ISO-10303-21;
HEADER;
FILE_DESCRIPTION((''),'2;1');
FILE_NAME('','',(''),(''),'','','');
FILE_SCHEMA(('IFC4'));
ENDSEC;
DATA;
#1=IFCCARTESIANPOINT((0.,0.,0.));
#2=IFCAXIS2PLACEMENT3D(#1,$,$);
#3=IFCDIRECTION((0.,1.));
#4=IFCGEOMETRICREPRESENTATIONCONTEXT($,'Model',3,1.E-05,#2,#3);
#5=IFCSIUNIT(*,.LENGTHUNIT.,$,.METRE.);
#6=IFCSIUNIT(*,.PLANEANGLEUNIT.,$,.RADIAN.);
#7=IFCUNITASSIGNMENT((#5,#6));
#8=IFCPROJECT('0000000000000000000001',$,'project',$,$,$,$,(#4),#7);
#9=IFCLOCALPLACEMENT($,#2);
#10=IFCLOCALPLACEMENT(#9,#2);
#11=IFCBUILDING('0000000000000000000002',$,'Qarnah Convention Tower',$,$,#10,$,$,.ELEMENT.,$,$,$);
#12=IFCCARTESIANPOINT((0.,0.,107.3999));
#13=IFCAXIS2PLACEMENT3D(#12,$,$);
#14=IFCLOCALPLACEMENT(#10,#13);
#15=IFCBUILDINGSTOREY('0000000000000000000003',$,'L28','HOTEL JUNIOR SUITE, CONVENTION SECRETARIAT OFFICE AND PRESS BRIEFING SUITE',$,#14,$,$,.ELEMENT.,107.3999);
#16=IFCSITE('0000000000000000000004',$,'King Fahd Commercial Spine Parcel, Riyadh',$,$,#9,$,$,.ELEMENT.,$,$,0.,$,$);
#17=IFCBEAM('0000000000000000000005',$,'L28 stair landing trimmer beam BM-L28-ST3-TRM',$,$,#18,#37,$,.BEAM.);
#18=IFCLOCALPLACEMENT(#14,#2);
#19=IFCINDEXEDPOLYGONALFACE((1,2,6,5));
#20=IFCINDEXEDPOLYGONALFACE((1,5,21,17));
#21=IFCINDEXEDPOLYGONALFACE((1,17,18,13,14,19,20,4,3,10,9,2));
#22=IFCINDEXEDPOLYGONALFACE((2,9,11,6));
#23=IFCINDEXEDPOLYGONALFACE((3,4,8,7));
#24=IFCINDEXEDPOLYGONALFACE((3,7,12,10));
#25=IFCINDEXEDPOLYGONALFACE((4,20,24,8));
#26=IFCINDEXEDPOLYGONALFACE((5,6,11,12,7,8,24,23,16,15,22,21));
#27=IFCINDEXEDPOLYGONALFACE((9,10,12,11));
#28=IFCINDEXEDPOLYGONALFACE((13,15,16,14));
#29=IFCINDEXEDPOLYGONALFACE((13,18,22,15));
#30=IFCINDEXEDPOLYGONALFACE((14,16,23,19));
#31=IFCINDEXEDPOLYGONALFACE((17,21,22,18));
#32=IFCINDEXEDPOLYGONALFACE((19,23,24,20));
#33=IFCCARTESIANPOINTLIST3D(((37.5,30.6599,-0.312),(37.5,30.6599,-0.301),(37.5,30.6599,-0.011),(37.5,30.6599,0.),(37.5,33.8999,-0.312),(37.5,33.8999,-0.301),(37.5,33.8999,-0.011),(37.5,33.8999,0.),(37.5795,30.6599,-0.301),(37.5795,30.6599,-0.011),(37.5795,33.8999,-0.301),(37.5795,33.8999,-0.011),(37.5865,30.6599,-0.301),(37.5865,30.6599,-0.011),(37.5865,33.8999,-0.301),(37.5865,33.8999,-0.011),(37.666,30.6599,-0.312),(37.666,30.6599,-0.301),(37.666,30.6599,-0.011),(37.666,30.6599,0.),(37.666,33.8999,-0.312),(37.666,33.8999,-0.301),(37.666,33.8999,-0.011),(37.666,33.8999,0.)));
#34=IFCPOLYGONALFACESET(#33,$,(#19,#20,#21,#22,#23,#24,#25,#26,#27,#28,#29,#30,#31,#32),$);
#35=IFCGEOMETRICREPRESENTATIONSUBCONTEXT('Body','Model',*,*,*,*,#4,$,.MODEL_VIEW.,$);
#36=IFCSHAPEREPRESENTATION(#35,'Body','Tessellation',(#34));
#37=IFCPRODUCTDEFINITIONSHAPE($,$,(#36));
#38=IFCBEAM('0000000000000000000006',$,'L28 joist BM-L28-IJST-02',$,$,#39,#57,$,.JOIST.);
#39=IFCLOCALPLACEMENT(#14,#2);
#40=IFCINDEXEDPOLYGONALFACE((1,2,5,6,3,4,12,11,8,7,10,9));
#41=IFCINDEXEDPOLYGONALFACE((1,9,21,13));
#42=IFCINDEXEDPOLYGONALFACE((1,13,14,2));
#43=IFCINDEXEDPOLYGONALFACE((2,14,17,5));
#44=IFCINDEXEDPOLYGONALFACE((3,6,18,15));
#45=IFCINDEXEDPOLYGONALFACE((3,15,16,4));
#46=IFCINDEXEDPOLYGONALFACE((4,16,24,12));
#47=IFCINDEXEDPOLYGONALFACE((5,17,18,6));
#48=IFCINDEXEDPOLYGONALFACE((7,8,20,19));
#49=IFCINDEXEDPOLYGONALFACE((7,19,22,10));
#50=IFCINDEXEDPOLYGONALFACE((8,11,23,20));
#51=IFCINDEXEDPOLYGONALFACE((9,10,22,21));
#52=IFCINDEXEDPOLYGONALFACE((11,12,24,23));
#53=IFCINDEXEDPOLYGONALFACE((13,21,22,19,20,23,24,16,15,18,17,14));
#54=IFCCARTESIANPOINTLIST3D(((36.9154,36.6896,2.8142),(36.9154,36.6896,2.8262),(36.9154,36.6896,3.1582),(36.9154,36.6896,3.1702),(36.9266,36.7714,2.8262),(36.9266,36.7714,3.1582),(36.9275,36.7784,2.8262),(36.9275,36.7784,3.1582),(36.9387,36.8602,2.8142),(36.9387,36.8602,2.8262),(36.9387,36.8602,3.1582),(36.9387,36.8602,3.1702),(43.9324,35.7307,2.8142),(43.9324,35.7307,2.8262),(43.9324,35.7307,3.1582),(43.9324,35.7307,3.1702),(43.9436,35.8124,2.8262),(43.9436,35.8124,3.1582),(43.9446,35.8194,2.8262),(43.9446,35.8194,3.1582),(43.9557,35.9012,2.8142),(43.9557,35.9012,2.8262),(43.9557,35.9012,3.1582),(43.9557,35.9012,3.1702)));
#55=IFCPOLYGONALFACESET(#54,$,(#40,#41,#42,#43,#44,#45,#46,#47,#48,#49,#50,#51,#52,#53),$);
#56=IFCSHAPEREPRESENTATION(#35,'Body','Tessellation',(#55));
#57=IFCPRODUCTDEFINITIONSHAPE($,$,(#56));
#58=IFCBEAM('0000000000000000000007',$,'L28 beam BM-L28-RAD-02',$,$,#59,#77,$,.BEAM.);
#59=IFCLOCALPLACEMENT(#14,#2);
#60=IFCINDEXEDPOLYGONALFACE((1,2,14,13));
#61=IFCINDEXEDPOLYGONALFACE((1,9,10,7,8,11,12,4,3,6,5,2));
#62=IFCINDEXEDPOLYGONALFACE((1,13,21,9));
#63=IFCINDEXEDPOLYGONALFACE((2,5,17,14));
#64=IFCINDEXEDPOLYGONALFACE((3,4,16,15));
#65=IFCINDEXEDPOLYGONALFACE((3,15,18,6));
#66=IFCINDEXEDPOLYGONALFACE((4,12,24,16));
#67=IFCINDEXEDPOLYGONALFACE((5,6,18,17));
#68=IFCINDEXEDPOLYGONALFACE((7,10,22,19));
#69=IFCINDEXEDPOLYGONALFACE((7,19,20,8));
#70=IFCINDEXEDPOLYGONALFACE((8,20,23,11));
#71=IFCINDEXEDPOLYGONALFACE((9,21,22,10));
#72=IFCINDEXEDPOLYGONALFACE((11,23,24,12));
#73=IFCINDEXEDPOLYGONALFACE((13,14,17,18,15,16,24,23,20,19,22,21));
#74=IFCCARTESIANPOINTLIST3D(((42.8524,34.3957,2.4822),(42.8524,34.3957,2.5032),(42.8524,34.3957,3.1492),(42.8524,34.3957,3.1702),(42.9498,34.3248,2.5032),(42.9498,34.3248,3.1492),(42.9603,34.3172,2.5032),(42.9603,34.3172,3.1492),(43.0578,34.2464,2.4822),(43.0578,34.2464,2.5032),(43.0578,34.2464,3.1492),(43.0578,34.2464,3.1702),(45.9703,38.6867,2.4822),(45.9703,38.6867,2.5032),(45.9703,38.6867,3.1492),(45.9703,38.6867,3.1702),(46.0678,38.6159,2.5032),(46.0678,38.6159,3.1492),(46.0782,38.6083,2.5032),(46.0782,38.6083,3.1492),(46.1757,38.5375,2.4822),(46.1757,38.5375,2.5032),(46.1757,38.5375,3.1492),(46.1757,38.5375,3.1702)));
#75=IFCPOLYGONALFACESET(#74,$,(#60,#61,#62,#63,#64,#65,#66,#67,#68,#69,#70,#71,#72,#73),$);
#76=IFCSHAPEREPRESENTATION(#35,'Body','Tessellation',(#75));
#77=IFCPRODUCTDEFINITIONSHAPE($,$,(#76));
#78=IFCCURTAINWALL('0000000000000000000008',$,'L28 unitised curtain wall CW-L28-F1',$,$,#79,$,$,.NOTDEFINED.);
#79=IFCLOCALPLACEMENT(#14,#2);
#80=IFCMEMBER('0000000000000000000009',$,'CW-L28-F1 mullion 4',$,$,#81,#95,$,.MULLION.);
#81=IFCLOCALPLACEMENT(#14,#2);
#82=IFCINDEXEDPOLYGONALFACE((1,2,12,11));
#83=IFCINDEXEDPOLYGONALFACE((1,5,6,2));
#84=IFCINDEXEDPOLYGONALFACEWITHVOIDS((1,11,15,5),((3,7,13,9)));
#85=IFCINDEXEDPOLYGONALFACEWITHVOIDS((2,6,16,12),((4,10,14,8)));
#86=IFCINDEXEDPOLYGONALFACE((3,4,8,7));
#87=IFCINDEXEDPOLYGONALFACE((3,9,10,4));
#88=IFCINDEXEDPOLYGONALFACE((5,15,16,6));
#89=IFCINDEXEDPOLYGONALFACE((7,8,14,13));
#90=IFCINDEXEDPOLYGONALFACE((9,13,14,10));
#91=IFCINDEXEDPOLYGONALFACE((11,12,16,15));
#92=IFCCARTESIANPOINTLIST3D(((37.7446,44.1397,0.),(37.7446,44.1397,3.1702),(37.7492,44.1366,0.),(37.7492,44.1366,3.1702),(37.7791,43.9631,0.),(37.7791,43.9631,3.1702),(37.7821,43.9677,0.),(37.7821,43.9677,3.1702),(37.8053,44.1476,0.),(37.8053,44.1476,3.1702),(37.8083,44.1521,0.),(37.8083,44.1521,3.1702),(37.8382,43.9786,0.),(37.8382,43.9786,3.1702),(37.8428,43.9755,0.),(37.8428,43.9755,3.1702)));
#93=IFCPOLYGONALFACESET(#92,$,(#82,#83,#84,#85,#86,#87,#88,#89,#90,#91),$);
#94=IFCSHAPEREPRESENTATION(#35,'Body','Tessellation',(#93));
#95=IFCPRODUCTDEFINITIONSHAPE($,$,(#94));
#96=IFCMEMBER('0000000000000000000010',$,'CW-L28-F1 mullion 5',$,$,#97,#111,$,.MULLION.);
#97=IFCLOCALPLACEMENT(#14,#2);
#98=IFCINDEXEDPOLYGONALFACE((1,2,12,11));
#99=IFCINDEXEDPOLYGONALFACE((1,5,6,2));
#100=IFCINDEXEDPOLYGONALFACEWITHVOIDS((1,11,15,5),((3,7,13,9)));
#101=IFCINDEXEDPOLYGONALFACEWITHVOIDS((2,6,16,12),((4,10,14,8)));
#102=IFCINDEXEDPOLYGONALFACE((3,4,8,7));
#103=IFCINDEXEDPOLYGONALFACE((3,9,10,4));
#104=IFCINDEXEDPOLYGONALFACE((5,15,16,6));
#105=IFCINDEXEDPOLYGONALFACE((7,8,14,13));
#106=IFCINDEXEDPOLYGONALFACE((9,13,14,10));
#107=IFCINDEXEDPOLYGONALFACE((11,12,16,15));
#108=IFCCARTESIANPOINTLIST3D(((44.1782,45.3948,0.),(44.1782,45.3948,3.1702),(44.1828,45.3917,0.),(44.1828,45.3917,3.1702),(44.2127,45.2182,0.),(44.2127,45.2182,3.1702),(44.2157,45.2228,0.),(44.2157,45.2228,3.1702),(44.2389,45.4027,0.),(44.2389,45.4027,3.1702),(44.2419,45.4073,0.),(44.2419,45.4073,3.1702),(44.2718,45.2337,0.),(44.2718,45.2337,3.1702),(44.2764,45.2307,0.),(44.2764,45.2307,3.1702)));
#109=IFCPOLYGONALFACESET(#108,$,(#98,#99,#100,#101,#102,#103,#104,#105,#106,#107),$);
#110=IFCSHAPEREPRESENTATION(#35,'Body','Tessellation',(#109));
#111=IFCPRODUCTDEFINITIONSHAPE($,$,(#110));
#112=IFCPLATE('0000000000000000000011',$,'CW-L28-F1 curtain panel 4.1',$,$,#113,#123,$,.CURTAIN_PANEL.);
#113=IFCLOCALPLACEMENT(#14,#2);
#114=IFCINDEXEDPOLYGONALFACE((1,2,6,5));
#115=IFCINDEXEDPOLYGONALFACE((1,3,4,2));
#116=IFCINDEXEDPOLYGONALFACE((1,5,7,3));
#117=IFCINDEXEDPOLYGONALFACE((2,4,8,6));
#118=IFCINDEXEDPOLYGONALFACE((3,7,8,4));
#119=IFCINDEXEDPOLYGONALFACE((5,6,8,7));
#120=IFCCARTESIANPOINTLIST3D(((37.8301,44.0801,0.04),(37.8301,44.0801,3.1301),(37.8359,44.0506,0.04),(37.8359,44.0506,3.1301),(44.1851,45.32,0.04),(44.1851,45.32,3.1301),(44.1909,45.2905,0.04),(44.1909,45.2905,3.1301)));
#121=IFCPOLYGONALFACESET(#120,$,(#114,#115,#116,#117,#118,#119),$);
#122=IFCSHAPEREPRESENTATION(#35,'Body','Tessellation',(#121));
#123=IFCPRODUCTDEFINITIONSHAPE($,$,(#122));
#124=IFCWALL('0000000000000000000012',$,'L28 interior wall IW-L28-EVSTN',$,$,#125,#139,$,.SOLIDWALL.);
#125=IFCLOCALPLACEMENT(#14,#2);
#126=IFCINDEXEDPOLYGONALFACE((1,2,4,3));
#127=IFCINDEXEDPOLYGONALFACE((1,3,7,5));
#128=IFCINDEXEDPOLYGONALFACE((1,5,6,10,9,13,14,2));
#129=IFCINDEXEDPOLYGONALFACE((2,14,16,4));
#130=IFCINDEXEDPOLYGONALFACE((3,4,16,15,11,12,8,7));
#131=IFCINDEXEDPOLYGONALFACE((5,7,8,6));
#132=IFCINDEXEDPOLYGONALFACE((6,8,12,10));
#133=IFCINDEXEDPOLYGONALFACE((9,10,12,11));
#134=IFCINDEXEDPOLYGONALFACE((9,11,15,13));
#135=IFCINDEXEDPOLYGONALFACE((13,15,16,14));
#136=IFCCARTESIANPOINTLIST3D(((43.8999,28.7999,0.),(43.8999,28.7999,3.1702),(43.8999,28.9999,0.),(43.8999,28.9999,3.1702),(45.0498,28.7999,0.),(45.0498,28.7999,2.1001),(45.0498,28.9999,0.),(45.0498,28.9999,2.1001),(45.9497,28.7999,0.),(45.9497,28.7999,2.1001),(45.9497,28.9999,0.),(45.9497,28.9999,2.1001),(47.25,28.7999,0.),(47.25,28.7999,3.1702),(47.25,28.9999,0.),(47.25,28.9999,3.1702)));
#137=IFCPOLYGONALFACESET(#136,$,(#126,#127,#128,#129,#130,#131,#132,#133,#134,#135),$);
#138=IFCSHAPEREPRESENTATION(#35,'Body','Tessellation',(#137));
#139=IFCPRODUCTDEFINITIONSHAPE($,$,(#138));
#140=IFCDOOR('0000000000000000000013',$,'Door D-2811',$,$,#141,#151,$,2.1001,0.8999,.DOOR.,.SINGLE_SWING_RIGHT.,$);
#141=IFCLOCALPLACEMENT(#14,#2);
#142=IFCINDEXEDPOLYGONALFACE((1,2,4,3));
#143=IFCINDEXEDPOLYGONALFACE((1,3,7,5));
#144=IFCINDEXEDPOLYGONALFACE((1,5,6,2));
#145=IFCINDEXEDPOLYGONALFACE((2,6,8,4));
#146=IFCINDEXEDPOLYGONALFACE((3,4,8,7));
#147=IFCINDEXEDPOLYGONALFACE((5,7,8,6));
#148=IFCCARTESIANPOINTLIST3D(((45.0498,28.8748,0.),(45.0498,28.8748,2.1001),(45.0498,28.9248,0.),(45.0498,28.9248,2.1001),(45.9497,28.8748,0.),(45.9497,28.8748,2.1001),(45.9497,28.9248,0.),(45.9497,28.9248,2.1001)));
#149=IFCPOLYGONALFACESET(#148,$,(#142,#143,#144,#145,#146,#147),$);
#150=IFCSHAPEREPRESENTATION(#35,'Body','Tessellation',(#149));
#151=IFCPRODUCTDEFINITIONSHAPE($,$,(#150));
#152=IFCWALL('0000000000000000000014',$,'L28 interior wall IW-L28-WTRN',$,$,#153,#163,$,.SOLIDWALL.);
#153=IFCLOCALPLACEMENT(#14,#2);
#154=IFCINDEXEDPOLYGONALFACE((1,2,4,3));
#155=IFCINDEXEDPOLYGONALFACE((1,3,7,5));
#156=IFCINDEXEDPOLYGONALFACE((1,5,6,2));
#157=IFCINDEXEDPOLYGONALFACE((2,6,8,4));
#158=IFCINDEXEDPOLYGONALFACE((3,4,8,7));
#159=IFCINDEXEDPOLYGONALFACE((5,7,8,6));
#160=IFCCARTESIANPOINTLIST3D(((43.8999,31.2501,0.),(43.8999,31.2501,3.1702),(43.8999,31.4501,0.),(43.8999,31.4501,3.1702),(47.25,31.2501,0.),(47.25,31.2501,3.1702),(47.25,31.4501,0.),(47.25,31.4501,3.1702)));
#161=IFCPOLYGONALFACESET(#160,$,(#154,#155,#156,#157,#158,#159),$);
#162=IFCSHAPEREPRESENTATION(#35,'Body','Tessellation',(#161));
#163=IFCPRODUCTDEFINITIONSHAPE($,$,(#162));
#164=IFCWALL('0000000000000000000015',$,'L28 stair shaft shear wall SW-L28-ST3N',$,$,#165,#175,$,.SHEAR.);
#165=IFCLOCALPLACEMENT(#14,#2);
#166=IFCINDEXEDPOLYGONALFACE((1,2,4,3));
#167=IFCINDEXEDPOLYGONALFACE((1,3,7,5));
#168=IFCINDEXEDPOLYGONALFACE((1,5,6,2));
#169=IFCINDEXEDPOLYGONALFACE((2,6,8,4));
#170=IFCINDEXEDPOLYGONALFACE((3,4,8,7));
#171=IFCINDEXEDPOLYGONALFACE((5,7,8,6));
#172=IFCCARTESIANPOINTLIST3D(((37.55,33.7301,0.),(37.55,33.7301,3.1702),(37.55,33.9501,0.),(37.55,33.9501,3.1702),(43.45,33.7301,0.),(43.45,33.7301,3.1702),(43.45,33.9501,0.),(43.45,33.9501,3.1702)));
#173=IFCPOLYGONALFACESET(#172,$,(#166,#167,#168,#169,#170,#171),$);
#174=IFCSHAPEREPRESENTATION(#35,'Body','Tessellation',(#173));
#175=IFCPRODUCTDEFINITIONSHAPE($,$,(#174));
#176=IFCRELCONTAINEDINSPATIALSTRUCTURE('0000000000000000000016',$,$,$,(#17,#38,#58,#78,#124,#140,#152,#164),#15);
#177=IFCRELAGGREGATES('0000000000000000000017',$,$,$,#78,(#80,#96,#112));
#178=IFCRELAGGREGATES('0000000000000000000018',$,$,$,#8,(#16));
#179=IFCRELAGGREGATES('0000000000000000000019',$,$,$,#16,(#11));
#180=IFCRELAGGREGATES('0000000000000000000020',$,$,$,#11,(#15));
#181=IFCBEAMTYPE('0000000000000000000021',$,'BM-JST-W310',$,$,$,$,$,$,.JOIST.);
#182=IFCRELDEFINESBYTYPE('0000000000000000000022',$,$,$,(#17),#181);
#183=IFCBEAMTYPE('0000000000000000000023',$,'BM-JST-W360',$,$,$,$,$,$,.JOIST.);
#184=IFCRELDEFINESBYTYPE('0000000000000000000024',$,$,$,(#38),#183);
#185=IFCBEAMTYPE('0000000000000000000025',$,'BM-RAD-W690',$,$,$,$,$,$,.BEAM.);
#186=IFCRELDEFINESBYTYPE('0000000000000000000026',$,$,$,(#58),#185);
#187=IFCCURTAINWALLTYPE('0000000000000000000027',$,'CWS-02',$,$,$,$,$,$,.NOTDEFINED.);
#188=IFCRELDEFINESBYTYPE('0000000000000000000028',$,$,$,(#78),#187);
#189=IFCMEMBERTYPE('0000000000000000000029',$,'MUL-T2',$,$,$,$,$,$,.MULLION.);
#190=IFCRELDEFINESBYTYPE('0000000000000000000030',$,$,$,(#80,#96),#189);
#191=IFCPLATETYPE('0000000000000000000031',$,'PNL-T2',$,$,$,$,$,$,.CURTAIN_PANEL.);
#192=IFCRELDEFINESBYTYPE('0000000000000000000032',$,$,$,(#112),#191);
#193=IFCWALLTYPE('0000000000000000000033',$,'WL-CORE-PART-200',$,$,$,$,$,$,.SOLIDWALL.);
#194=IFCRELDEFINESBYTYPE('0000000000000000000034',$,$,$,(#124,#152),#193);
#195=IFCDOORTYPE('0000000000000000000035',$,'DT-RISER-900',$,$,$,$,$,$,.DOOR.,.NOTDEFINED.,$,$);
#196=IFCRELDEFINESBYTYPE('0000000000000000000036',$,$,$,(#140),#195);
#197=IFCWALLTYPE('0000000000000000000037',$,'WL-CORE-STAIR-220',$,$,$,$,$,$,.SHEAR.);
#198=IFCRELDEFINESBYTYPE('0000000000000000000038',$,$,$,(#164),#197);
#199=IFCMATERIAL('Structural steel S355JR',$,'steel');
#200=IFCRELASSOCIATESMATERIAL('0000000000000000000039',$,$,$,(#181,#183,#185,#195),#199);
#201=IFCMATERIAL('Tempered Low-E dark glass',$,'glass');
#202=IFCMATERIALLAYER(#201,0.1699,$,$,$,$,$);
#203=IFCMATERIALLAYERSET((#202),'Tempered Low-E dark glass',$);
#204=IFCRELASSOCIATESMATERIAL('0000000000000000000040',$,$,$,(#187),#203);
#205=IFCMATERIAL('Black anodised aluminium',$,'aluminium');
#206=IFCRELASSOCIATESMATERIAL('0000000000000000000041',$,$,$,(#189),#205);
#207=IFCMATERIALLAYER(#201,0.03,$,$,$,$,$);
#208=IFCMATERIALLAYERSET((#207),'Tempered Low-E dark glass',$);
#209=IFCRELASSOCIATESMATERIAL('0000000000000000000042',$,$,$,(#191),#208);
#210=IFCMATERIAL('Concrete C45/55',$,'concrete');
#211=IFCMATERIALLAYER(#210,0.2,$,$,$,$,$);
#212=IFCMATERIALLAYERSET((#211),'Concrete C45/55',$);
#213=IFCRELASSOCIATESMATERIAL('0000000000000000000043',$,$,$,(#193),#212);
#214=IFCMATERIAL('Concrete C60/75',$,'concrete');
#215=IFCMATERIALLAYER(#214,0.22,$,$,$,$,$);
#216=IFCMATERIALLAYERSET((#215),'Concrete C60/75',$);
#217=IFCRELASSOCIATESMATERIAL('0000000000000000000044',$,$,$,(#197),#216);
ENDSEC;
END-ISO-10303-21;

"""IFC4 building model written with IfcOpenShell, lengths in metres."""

from ifc_helpers import new_model, si_unit, direction, frame, frame_2d, origin, origin_2d, place, context, subcontext, project, spatial, rectangle, hollow_rectangle, i_section, extrude, material, layer, layer_set, material_profile, profile_set, type_object, element, fill, aggregate, save


model = new_model("IFC4")

# Units and contexts
model_context = context("Model", 3, precision=1e-05, world=origin(), true_north=direction((0.0, 1.0)))
body_context = subcontext(model_context, "Body", "Model", "MODEL_VIEW")
ifc_project = project(units=[si_unit("LENGTHUNIT", "METRE"), si_unit("PLANEANGLEUNIT", "RADIAN")], contexts=[model_context])

# Site, building, storey
site_placement = place(None, origin())
site = spatial("IfcSite", under=ifc_project, at=site_placement, Name="King Fahd Commercial Spine Parcel, Riyadh", CompositionType="ELEMENT", RefElevation=0.0)
building_placement = place(site_placement, origin())
building = spatial("IfcBuilding", under=site, at=building_placement, Name="Qarnah Convention Tower", CompositionType="ELEMENT")
storey_placement = place(building_placement, frame((0.0, 0.0, 107.3999)))
storey = spatial("IfcBuildingStorey", under=building, at=storey_placement, Name="L28", Description="HOTEL JUNIOR SUITE, CONVENTION SECRETARIAT OFFICE AND PRESS BRIEFING SUITE", CompositionType="ELEMENT", Elevation=107.3999)

# Beams
ifc_material_1 = material(Name="Structural steel S355JR", Category="steel")
ifc_material_profile_1 = material_profile(ifc_material_1, i_section(OverallWidth=0.166, OverallDepth=0.312, WebThickness=0.0071, FlangeThickness=0.011, at=origin_2d()), Name="W310X45")
ifc_profile_set_1 = profile_set([ifc_material_profile_1], Name="Structural steel S355JR")
beam_type_1 = type_object("IfcBeamType", Name="BM-JST-W310", PredefinedType="JOIST", material=ifc_profile_set_1)
beam_1_placement = place(storey_placement, frame((37.583, 30.6599, -0.156), z_axis=(0.0, 1.0, 0.0), x_axis=(-1.0, 0.0, 0.0)))
element("IfcBeam", 1, at=beam_1_placement, inside=storey, type_object=beam_type_1, Name="L28 stair landing trimmer beam BM-L28-ST3-TRM", PredefinedType="BEAM", context=body_context, shape_type="SweptSolid", body=[
    extrude(i_section(OverallWidth=0.166, OverallDepth=0.312, WebThickness=0.0071, FlangeThickness=0.011, at=origin_2d()), origin(), (0.0, 0.0, 1.0), 3.24),
])
ifc_material_profile_2 = material_profile(ifc_material_1, i_section(OverallWidth=0.1721, OverallDepth=0.356, WebThickness=0.0071, FlangeThickness=0.012, at=origin_2d()), Name="W360X51")
ifc_profile_set_2 = profile_set([ifc_material_profile_2], Name="Structural steel S355JR")
beam_type_2 = type_object("IfcBeamType", Name="BM-JST-W360", PredefinedType="JOIST", material=ifc_profile_set_2)
beam_2_placement = place(storey_placement, frame((43.9441, 35.8159, 2.9922), z_axis=(-0.99079, 0.135405, 0.0), x_axis=(-0.135405, -0.99079, 0.0)))
element("IfcBeam", 2, at=beam_2_placement, inside=storey, type_object=beam_type_2, Name="L28 joist BM-L28-IJST-02", PredefinedType="JOIST", context=body_context, shape_type="SweptSolid", body=[
    extrude(i_section(OverallWidth=0.1721, OverallDepth=0.356, WebThickness=0.0071, FlangeThickness=0.012, at=origin_2d()), origin(), (0.0, 0.0, 1.0), 7.0823),
])
ifc_material_profile_3 = material_profile(ifc_material_1, i_section(OverallWidth=0.2539, OverallDepth=0.688, WebThickness=0.0129, FlangeThickness=0.021, at=origin_2d()), Name="W690X152")
ifc_profile_set_3 = profile_set([ifc_material_profile_3], Name="Structural steel S355JR")
beam_type_3 = type_object("IfcBeamType", Name="BM-RAD-W690", PredefinedType="BEAM", material=ifc_profile_set_3)
beam_3_placement = place(storey_placement, frame((42.9551, 34.321, 2.8262), z_axis=(0.587824, 0.808989, 0.0), x_axis=(-0.808989, 0.587824, 0.0)))
element("IfcBeam", 3, at=beam_3_placement, inside=storey, type_object=beam_type_3, Name="L28 beam BM-L28-RAD-02", PredefinedType="BEAM", context=body_context, shape_type="SweptSolid", body=[
    extrude(i_section(OverallWidth=0.2539, OverallDepth=0.688, WebThickness=0.0129, FlangeThickness=0.021, at=origin_2d()), origin(), (0.0, 0.0, 1.0), 5.3042),
])

# Curtain wall, members, plate
ifc_material_2 = material(Name="Tempered Low-E dark glass", Category="glass")
ifc_layer_1 = layer(ifc_material_2, 0.1699)
ifc_layer_set_1 = layer_set([ifc_layer_1], Name="Tempered Low-E dark glass")
curtain_wall_type = type_object("IfcCurtainWallType", Name="CWS-02", PredefinedType="NOTDEFINED", material=ifc_layer_set_1)
curtain_wall_placement = place(storey_placement, origin())
curtain_wall = element("IfcCurtainWall", 4, at=curtain_wall_placement, inside=storey, type_object=curtain_wall_type, Name="L28 unitised curtain wall CW-L28-F1", PredefinedType="NOTDEFINED")
ifc_material_3 = material(Name="Black anodised aluminium", Category="aluminium")
ifc_material_profile_4 = material_profile(ifc_material_3, hollow_rectangle(XDim=0.0649, YDim=0.1799, WallThickness=0.0039, at=origin_2d()), Name="MUL-65X180")
ifc_profile_set_4 = profile_set([ifc_material_profile_4], Name="Black anodised aluminium")
member_type = type_object("IfcMemberType", Name="MUL-T2", PredefinedType="MULLION", material=ifc_profile_set_4)
member_1_placement = place(storey_placement, frame((37.7937, 44.0576, 0.0), z_axis=(0.0, 0.0, 1.0), x_axis=(0.981495, 0.19149, 0.0)))
member_1 = element("IfcMember", 5, at=member_1_placement, type_object=member_type, Name="CW-L28-F1 mullion 4", PredefinedType="MULLION", context=body_context, shape_type="SweptSolid", body=[
    extrude(hollow_rectangle(XDim=0.0649, YDim=0.1799, WallThickness=0.0039, at=origin_2d()), origin(), (0.0, 0.0, 1.0), 3.1702),
])
member_2_placement = place(storey_placement, frame((44.2273, 45.3127, 0.0), z_axis=(0.0, 0.0, 1.0), x_axis=(0.981495, 0.19149, 0.0)))
member_2 = element("IfcMember", 6, at=member_2_placement, type_object=member_type, Name="CW-L28-F1 mullion 5", PredefinedType="MULLION", context=body_context, shape_type="SweptSolid", body=[
    extrude(hollow_rectangle(XDim=0.0649, YDim=0.1799, WallThickness=0.0039, at=origin_2d()), origin(), (0.0, 0.0, 1.0), 3.1702),
])
ifc_layer_2 = layer(ifc_material_2, 0.03)
ifc_layer_set_2 = layer_set([ifc_layer_2], Name="Tempered Low-E dark glass")
plate_type = type_object("IfcPlateType", Name="PNL-T2", PredefinedType="CURTAIN_PANEL", material=ifc_layer_set_2)
plate_placement = place(storey_placement, frame((41.0105, 44.6853, 0.04), z_axis=(0.0, 0.0, 1.0), x_axis=(0.981495, 0.19149, 0.0)))
plate = element("IfcPlate", 7, at=plate_placement, type_object=plate_type, Name="CW-L28-F1 curtain panel 4.1", PredefinedType="CURTAIN_PANEL", context=body_context, shape_type="SweptSolid", body=[
    extrude(rectangle(XDim=6.4749, YDim=0.03, at=origin_2d()), origin(), (0.0, 0.0, 1.0), 3.0901),
])
aggregate(curtain_wall, [member_1, member_2, plate])

# Wall, opening, door
ifc_material_4 = material(Name="Concrete C45/55", Category="concrete")
ifc_layer_3 = layer(ifc_material_4, 0.2)
ifc_layer_set_3 = layer_set([ifc_layer_3], Name="Concrete C45/55")
wall_type_1 = type_object("IfcWallType", Name="WL-CORE-PART-200", PredefinedType="SOLIDWALL", material=ifc_layer_set_3)
wall_1_placement = place(storey_placement, frame((43.8999, 28.8999, 0.0), z_axis=(0.0, 0.0, 1.0), x_axis=(1.0, 0.0, 0.0)))
wall_1 = element("IfcWall", 8, at=wall_1_placement, inside=storey, type_object=wall_type_1, Name="L28 interior wall IW-L28-EVSTN", PredefinedType="SOLIDWALL", context=body_context, shape_type="SweptSolid", body=[
    extrude(rectangle(XDim=3.3501, YDim=0.2, at=frame_2d((1.675, 0.0))), origin(), (0.0, 0.0, 1.0), 3.1702),
])
opening_1_placement = place(wall_1_placement, frame((1.1499, 0.0, 0.0)))
opening_1 = element("IfcOpeningElement", 9, at=opening_1_placement, cuts=wall_1, PredefinedType="OPENING", context=body_context, shape_type="SweptSolid", body=[
    extrude(rectangle(XDim=0.8999, YDim=2.1001, at=frame_2d((0.45, 1.05))), frame((0.0, 0.1099, 0.0), z_axis=(0.0, -1.0, 0.0), x_axis=(1.0, 0.0, 0.0)), (0.0, 0.0, 1.0), 0.22),
])
door_type_1 = type_object("IfcDoorType", Name="DT-RISER-900", OperationType="NOTDEFINED", PredefinedType="DOOR", material=ifc_material_1)
door_1_placement = place(opening_1_placement, origin())
door_1 = element("IfcDoor", 10, at=door_1_placement, inside=storey, type_object=door_type_1, Name="Door D-2811", OperationType="SINGLE_SWING_RIGHT", OverallHeight=2.1001, OverallWidth=0.8999, PredefinedType="DOOR", context=body_context, shape_type="SweptSolid", body=[
    extrude(rectangle(XDim=0.8999, YDim=2.1001, at=frame_2d((0.45, 1.05))), frame((0.0, 0.0249, 0.0), z_axis=(0.0, -1.0, 0.0), x_axis=(1.0, 0.0, 0.0)), (0.0, 0.0, 1.0), 0.05),
])
fill(opening_1, door_1)

# Walls
wall_2_placement = place(storey_placement, frame((43.8999, 31.3501, 0.0), z_axis=(0.0, 0.0, 1.0), x_axis=(1.0, 0.0, 0.0)))
element("IfcWall", 11, at=wall_2_placement, inside=storey, type_object=wall_type_1, Name="L28 interior wall IW-L28-WTRN", PredefinedType="SOLIDWALL", context=body_context, shape_type="SweptSolid", body=[
    extrude(rectangle(XDim=3.3501, YDim=0.2, at=frame_2d((1.675, 0.0))), origin(), (0.0, 0.0, 1.0), 3.1702),
])
ifc_material_5 = material(Name="Concrete C60/75", Category="concrete")
ifc_layer_4 = layer(ifc_material_5, 0.22)
ifc_layer_set_4 = layer_set([ifc_layer_4], Name="Concrete C60/75")
wall_type_2 = type_object("IfcWallType", Name="WL-CORE-STAIR-220", PredefinedType="SHEAR", material=ifc_layer_set_4)
wall_3_placement = place(storey_placement, frame((37.55, 33.8401, 0.0), z_axis=(0.0, 0.0, 1.0), x_axis=(1.0, 0.0, 0.0)))
element("IfcWall", 12, at=wall_3_placement, inside=storey, type_object=wall_type_2, Name="L28 stair shaft shear wall SW-L28-ST3N", PredefinedType="SHEAR", context=body_context, shape_type="SweptSolid", body=[
    extrude(rectangle(XDim=5.8999, YDim=0.22, at=frame_2d((2.95, 0.0))), origin(), (0.0, 0.0, 1.0), 3.1702),
])

save(model, "model.ifc")
